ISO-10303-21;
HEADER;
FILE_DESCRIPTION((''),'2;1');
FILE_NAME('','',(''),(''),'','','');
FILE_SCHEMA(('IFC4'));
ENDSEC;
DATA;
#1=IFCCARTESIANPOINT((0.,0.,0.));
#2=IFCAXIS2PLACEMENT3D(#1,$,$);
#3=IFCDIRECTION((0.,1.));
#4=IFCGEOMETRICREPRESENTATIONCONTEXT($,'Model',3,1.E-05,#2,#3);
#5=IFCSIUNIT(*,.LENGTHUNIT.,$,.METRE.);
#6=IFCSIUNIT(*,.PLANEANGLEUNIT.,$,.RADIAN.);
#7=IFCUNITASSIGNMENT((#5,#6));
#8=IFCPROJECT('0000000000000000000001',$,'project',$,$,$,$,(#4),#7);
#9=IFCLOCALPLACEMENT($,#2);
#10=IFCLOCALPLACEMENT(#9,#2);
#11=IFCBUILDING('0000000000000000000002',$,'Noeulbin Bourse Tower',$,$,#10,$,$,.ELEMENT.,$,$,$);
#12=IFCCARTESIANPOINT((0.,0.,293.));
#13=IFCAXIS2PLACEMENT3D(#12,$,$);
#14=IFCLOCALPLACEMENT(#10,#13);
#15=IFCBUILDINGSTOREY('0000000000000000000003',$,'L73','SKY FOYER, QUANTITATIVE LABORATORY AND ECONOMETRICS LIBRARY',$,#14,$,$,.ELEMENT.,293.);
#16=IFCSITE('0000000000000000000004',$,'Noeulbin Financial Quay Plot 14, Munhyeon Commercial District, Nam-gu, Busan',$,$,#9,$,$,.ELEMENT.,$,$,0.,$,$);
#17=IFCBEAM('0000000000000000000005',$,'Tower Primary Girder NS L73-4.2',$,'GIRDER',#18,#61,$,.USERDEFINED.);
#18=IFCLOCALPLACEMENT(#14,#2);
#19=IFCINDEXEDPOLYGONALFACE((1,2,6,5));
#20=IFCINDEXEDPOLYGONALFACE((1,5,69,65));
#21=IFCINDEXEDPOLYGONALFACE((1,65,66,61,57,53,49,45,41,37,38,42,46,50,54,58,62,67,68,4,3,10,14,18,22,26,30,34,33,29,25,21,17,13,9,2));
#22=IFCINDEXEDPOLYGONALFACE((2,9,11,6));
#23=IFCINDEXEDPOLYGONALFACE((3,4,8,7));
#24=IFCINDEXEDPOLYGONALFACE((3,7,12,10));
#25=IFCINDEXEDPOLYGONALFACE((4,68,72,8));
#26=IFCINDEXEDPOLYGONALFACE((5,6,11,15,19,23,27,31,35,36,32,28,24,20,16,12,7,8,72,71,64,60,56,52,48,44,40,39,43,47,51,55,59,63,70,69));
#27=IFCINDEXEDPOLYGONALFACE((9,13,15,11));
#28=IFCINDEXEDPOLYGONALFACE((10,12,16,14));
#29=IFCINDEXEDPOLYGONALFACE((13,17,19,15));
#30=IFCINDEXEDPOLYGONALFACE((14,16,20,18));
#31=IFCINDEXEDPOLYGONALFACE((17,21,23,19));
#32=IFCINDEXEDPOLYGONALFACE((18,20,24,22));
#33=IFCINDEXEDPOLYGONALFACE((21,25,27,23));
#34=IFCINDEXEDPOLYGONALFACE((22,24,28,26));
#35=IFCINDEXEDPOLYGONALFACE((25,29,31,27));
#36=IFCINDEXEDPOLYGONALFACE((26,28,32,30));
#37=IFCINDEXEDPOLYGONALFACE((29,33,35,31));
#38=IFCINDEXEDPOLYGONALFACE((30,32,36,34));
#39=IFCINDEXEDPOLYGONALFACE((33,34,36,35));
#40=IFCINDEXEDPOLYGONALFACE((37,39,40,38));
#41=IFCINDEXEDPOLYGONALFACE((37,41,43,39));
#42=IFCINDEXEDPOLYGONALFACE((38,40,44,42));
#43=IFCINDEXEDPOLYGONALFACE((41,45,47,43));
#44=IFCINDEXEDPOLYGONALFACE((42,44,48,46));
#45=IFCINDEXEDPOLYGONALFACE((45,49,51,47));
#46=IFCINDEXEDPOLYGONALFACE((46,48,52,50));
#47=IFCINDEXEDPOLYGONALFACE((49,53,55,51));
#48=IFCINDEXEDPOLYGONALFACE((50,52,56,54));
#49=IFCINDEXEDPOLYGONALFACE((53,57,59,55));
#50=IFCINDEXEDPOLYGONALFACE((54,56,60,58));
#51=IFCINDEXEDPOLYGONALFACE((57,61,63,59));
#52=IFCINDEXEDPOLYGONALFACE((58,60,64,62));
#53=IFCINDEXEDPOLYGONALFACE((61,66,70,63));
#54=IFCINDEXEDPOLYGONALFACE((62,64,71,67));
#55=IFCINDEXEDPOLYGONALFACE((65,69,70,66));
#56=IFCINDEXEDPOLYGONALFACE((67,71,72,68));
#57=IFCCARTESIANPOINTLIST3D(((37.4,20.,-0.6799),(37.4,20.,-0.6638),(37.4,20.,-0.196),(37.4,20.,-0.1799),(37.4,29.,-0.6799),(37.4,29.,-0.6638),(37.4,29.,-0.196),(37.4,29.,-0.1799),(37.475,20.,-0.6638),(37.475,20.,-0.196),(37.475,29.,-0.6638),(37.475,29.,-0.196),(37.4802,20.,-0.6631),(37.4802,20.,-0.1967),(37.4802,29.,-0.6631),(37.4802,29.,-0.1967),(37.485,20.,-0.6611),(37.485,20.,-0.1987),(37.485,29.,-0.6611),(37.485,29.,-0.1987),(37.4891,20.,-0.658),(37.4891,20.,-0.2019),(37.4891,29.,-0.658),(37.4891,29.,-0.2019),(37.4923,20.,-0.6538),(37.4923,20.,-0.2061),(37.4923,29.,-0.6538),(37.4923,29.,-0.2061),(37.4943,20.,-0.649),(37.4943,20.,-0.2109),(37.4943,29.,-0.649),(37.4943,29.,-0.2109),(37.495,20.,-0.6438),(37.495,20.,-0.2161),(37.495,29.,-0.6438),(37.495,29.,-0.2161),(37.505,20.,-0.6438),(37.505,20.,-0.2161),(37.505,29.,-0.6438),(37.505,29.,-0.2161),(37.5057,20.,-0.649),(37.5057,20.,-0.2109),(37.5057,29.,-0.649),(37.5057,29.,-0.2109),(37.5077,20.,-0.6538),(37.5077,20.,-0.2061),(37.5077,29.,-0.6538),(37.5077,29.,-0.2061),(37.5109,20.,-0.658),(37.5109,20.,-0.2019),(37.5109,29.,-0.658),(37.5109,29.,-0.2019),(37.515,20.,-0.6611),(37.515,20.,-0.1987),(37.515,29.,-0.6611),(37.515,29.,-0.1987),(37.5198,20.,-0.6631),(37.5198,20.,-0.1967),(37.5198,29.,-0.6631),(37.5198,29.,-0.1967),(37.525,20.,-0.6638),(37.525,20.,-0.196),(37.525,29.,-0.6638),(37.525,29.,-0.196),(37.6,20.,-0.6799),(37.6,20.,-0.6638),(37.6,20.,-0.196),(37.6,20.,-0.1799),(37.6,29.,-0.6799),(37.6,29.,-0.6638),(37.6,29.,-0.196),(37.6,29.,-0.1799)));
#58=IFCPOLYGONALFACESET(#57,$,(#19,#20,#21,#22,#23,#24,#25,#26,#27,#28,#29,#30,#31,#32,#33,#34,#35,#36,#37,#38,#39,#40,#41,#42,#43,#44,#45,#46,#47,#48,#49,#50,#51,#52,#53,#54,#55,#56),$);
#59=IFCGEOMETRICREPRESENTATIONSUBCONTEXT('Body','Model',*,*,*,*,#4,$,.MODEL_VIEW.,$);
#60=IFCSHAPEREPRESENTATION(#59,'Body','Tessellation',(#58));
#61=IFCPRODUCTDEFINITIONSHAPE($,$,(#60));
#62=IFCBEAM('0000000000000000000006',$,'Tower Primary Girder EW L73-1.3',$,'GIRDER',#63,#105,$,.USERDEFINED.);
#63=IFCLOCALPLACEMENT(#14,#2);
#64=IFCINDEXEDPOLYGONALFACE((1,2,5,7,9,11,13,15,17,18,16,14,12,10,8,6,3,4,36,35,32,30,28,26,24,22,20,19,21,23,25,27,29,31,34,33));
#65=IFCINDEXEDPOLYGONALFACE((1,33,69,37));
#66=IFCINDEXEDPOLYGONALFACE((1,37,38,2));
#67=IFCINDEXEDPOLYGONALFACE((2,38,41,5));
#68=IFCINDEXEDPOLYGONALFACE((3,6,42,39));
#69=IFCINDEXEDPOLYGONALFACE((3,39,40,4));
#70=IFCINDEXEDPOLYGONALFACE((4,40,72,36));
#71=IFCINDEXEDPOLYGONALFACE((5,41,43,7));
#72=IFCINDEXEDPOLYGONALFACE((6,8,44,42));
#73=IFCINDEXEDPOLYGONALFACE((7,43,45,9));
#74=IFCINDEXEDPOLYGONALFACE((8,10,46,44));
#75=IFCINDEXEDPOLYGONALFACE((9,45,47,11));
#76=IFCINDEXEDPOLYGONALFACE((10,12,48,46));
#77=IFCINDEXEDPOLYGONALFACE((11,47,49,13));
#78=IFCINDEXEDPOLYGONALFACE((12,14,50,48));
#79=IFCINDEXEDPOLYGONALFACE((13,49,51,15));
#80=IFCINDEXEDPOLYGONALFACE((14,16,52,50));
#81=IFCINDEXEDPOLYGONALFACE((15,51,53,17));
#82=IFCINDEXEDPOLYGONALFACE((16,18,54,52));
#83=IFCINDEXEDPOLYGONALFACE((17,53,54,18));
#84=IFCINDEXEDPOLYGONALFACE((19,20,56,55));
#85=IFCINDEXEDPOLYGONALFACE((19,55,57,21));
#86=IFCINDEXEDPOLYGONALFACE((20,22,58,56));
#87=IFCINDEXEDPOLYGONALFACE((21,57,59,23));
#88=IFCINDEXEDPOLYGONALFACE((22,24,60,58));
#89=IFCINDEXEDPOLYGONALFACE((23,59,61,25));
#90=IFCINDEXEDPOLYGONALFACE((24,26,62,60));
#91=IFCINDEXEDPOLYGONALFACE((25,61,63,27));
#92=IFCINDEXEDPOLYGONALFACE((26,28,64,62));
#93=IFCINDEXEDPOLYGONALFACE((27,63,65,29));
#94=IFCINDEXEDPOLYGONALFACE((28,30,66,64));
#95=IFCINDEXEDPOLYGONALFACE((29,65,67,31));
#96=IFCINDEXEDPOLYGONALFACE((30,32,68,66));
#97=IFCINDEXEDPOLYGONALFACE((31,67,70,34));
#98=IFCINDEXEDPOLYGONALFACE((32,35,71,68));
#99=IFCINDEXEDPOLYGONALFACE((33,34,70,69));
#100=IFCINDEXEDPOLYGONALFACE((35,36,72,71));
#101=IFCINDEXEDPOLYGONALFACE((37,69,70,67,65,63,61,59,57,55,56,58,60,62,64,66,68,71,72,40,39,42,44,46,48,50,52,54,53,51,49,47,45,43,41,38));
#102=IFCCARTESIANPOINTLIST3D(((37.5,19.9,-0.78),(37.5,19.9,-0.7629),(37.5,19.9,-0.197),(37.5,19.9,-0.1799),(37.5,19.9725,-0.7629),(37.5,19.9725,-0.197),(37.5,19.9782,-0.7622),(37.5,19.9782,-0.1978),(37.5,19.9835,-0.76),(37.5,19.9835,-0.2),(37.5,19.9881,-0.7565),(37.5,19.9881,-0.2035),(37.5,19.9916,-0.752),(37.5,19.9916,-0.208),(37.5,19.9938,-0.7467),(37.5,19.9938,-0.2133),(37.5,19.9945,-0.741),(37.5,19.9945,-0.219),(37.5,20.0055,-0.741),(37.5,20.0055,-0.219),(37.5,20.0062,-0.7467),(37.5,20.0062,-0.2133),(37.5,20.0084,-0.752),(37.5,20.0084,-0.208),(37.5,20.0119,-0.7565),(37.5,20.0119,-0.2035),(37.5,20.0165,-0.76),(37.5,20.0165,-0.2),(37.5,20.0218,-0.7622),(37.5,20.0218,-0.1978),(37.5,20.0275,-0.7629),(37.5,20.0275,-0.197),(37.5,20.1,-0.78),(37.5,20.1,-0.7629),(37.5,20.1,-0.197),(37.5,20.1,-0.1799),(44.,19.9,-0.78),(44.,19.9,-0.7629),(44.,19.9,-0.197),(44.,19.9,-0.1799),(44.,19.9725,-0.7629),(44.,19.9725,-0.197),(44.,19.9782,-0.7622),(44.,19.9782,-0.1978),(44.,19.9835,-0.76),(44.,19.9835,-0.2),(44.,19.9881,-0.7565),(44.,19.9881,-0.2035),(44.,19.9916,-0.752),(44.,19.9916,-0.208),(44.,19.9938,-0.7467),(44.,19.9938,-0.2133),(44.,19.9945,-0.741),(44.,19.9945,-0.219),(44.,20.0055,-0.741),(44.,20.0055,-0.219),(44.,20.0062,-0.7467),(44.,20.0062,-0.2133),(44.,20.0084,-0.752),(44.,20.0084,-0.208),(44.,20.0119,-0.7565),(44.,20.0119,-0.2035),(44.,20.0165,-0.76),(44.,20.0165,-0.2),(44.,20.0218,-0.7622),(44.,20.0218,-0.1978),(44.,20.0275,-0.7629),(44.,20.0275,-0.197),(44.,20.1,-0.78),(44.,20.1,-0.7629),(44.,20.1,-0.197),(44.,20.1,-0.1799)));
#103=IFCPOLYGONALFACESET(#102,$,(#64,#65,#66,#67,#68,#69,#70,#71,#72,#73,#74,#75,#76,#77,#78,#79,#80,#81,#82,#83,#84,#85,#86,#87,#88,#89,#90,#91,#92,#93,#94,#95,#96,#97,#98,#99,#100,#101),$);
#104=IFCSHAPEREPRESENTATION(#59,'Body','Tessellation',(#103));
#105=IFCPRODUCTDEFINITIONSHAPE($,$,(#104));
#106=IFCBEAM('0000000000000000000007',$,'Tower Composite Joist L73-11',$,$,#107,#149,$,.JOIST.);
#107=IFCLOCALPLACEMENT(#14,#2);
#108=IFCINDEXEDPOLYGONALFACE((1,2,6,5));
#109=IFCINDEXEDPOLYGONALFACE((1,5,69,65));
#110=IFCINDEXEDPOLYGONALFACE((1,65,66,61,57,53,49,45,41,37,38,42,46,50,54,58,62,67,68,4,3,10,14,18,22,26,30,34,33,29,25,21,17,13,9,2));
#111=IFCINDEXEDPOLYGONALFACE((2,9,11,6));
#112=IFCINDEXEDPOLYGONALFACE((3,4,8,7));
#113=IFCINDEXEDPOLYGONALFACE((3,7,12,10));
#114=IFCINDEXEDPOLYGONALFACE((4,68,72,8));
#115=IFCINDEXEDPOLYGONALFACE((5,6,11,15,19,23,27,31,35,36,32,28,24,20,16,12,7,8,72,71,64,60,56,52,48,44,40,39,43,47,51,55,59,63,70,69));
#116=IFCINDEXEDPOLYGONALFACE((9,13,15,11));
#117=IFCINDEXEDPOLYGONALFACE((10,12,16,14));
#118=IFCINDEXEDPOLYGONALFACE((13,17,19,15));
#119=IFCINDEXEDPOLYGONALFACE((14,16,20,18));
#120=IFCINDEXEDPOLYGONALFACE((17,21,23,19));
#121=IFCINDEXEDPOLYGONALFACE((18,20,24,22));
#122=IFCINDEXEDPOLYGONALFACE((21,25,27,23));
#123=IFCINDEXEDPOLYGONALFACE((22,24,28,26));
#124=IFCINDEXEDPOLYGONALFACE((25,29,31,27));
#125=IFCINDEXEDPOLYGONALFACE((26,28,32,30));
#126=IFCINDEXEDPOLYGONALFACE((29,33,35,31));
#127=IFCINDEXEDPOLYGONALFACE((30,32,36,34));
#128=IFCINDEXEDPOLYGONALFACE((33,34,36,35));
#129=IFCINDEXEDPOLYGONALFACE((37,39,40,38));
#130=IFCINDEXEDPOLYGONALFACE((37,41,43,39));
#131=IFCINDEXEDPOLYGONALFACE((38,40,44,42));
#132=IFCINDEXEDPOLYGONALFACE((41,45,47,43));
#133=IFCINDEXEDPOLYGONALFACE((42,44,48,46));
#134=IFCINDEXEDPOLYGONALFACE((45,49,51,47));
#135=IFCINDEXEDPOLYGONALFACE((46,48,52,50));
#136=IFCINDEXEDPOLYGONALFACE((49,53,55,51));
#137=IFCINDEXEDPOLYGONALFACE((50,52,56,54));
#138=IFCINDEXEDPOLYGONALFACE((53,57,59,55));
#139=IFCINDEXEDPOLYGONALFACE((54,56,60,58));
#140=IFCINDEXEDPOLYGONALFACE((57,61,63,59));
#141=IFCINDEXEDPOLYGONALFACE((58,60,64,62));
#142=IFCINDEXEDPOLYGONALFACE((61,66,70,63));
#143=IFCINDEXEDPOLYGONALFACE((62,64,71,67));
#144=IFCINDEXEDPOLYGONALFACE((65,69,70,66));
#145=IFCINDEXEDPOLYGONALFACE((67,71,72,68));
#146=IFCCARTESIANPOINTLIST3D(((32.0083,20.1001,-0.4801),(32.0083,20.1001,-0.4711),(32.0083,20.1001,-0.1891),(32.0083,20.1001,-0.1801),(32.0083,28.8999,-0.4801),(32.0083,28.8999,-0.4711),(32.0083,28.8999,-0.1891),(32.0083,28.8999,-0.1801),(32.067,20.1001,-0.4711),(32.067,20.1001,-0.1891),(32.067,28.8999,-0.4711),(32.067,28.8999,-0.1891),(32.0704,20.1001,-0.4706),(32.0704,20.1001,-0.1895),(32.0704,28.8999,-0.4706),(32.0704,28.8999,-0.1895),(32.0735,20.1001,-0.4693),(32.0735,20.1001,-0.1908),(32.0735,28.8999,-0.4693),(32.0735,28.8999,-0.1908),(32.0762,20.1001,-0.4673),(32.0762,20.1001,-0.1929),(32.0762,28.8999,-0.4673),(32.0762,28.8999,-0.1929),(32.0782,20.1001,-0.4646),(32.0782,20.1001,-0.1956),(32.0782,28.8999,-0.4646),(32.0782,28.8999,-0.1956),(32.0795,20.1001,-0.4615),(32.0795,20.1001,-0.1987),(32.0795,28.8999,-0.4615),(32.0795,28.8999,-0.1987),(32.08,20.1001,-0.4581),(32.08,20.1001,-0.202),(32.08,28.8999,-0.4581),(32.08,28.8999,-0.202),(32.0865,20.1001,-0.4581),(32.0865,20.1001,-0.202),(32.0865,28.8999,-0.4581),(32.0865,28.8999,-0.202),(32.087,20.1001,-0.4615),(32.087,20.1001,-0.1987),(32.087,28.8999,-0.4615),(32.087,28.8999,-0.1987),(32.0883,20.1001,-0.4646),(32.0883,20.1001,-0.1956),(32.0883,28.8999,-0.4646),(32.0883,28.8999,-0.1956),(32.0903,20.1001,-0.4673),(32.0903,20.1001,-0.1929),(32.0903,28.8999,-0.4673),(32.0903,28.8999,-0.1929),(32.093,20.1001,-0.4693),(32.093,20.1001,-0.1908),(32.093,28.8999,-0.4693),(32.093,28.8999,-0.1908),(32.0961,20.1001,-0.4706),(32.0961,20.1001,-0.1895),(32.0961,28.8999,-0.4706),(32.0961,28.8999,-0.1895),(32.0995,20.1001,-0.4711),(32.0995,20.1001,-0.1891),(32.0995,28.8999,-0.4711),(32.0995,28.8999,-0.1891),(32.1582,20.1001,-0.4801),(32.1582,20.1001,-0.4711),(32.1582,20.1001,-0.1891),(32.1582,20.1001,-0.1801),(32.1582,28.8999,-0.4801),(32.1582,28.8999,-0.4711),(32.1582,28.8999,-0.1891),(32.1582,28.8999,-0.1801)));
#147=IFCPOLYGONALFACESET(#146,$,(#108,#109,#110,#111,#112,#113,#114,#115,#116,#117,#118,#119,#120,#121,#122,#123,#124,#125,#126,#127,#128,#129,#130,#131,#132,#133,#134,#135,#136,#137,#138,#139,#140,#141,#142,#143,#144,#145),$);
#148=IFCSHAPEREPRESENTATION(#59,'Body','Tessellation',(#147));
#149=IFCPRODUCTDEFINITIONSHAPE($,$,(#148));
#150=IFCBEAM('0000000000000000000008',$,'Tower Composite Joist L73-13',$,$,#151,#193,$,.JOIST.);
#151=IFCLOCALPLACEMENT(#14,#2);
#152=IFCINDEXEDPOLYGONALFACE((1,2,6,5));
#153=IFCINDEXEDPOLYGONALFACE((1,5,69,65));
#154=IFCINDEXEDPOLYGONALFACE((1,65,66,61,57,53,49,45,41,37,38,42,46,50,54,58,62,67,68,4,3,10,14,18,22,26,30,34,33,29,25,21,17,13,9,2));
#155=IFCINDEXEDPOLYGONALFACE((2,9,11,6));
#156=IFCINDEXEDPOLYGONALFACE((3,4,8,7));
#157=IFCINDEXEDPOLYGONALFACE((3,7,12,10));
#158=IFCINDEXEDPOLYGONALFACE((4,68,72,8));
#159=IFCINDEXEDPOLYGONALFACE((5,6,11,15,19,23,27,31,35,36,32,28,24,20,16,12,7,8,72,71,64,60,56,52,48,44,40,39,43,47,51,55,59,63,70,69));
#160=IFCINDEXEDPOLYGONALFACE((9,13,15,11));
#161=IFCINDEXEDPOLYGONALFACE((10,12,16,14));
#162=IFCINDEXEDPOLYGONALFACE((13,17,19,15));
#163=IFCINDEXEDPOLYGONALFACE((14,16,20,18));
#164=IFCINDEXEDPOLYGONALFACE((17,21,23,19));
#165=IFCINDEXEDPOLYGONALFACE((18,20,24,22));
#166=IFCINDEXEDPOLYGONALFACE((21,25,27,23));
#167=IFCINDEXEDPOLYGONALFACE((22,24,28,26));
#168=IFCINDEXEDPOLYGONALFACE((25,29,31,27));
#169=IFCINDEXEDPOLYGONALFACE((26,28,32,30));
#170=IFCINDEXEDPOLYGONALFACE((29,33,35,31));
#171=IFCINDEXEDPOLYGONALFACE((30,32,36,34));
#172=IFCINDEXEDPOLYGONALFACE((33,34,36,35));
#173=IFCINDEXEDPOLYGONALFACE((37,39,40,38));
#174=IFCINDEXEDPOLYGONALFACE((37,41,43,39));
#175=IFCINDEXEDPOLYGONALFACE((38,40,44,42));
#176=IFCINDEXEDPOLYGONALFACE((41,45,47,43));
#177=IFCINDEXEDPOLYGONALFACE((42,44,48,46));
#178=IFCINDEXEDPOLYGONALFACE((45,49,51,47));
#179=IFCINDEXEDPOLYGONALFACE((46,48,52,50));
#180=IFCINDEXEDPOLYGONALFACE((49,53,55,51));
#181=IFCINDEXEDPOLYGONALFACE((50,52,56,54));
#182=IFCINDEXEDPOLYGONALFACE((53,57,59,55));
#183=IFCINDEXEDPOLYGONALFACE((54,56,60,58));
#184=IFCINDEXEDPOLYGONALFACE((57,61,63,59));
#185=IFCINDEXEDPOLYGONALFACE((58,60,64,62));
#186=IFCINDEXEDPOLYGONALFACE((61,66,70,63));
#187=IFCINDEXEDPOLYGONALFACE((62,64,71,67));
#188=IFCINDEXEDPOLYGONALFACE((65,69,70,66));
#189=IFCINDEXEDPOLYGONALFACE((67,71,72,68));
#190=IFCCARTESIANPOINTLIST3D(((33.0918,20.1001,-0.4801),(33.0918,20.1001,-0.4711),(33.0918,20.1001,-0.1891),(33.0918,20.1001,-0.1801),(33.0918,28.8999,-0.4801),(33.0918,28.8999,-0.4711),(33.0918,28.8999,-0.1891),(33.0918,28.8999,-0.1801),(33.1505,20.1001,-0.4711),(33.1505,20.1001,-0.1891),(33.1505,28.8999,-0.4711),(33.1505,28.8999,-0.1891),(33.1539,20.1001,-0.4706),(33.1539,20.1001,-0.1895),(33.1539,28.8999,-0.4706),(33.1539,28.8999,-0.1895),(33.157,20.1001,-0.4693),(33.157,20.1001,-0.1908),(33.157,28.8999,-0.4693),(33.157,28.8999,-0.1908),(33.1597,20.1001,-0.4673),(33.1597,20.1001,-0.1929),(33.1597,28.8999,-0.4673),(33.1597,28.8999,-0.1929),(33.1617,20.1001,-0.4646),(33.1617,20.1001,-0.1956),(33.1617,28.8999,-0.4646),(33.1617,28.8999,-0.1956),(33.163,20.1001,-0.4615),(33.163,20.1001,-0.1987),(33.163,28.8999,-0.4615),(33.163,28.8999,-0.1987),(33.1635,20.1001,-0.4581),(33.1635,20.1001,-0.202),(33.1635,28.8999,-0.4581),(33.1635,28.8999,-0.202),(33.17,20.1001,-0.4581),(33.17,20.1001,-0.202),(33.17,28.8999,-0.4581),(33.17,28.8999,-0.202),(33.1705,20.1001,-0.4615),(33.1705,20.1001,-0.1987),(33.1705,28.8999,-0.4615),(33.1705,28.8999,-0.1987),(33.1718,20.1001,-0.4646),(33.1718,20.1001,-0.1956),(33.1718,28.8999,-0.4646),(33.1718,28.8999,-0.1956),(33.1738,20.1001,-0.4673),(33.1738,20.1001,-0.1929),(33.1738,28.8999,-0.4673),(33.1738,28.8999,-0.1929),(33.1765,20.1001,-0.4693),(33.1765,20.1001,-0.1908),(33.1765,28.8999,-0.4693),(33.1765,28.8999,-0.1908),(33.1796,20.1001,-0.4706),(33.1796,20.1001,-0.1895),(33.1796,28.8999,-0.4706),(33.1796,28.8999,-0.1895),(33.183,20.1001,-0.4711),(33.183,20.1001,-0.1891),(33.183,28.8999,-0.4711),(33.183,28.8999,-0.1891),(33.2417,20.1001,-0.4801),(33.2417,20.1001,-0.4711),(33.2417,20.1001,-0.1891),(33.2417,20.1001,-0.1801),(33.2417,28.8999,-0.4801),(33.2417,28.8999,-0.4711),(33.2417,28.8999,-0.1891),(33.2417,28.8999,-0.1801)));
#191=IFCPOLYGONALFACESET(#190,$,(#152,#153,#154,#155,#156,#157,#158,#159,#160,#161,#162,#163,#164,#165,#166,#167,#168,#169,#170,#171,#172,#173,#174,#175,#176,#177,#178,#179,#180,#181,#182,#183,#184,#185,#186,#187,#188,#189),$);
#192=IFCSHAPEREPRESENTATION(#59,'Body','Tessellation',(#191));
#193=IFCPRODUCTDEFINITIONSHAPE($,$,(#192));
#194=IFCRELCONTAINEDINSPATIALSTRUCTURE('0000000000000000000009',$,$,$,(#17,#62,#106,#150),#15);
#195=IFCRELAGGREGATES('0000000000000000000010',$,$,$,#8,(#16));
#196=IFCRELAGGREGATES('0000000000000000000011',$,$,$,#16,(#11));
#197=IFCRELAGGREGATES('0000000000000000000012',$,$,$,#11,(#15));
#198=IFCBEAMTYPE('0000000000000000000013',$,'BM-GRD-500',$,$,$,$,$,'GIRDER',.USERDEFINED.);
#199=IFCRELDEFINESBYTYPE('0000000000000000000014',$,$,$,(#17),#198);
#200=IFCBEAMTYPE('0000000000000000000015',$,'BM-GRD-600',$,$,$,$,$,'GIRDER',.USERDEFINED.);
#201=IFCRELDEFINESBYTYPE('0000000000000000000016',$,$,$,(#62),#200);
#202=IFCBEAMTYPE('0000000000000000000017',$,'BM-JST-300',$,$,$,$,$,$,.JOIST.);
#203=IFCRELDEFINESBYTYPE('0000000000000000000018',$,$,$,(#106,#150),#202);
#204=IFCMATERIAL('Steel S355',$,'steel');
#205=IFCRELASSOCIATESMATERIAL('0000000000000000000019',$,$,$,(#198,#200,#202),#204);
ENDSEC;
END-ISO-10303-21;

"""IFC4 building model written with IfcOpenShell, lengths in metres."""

from ifc_helpers import new_model, si_unit, direction, frame, origin, origin_2d, place, context, subcontext, project, spatial, i_section, extrude, material, material_profile, profile_set, type_object, element, save


model = new_model("IFC4")

# Units and contexts
model_context = context("Model", 3, precision=1e-05, world=origin(), true_north=direction((0.0, 1.0)))
body_context = subcontext(model_context, "Body", "Model", "MODEL_VIEW")
ifc_project = project(units=[si_unit("LENGTHUNIT", "METRE"), si_unit("PLANEANGLEUNIT", "RADIAN")], contexts=[model_context])

# Site, building, storey
site_placement = place(None, origin())
site = spatial("IfcSite", under=ifc_project, at=site_placement, Name="Noeulbin Financial Quay Plot 14, Munhyeon Commercial District, Nam-gu, Busan", CompositionType="ELEMENT", RefElevation=0.0)
building_placement = place(site_placement, origin())
building = spatial("IfcBuilding", under=site, at=building_placement, Name="Noeulbin Bourse Tower", CompositionType="ELEMENT")
storey_placement = place(building_placement, frame((0.0, 0.0, 293.0)))
storey = spatial("IfcBuildingStorey", under=building, at=storey_placement, Name="L73", Description="SKY FOYER, QUANTITATIVE LABORATORY AND ECONOMETRICS LIBRARY", CompositionType="ELEMENT", Elevation=293.0)

# Shared definitions
ifc_material_1 = material(Name="Steel S355", Category="steel")

# Beams
ifc_material_profile_1 = material_profile(ifc_material_1, i_section(OverallWidth=0.2, OverallDepth=0.5, WebThickness=0.01, FlangeThickness=0.0161, FilletRadius=0.02, at=origin_2d()), Name="H-500x200x10x16", Category="LoadBearing")
ifc_profile_set_1 = profile_set([ifc_material_profile_1], Name="Steel S355")
beam_type_1 = type_object("IfcBeamType", Name="BM-GRD-500", ElementType="GIRDER", PredefinedType="USERDEFINED", material=ifc_profile_set_1)
beam_1_placement = place(storey_placement, frame((37.5, 20.0, -0.4299), z_axis=(0.0, 1.0, 0.0), x_axis=(-1.0, 0.0, 0.0)))
element("IfcBeam", 1, at=beam_1_placement, inside=storey, type_object=beam_type_1, Name="Tower Primary Girder NS L73-4.2", ObjectType="GIRDER", PredefinedType="USERDEFINED", context=body_context, shape_type="SweptSolid", body=[
    extrude(i_section(OverallWidth=0.2, OverallDepth=0.5, WebThickness=0.01, FlangeThickness=0.0161, FilletRadius=0.02, at=origin_2d()), origin(), (0.0, 0.0, 1.0), 9.0),
])
ifc_material_profile_2 = material_profile(ifc_material_1, i_section(OverallWidth=0.2, OverallDepth=0.6001, WebThickness=0.011, FlangeThickness=0.0171, FilletRadius=0.022, at=origin_2d()), Name="H-600x200x11x17", Category="LoadBearing")
ifc_profile_set_2 = profile_set([ifc_material_profile_2], Name="Steel S355")
beam_type_2 = type_object("IfcBeamType", Name="BM-GRD-600", ElementType="GIRDER", PredefinedType="USERDEFINED", material=ifc_profile_set_2)
beam_2_placement = place(storey_placement, frame((37.5, 20.0, -0.48), z_axis=(1.0, 0.0, 0.0), x_axis=(0.0, 1.0, 0.0)))
element("IfcBeam", 2, at=beam_2_placement, inside=storey, type_object=beam_type_2, Name="Tower Primary Girder EW L73-1.3", ObjectType="GIRDER", PredefinedType="USERDEFINED", context=body_context, shape_type="SweptSolid", body=[
    extrude(i_section(OverallWidth=0.2, OverallDepth=0.6001, WebThickness=0.011, FlangeThickness=0.0171, FilletRadius=0.022, at=origin_2d()), origin(), (0.0, 0.0, 1.0), 6.5),
])
ifc_material_profile_3 = material_profile(ifc_material_1, i_section(OverallWidth=0.1499, OverallDepth=0.3, WebThickness=0.0066, FlangeThickness=0.009, FilletRadius=0.0129, at=origin_2d()), Name="H-300x150x6.5x9", Category="LoadBearing")
ifc_profile_set_3 = profile_set([ifc_material_profile_3], Name="Steel S355")
beam_type_3 = type_object("IfcBeamType", Name="BM-JST-300", PredefinedType="JOIST", material=ifc_profile_set_3)
for number, where, z_axis, x_axis, name in (
    (3, (32.0833, 20.1001, -0.3301), (0.0, 1.0, 0.0), (-1.0, 0.0, 0.0), "Tower Composite Joist L73-11"),
    (4, (33.1667, 20.1001, -0.3301), (0.0, 1.0, 0.0), (-1.0, 0.0, 0.0), "Tower Composite Joist L73-13"),
):
    element("IfcBeam", number, at=place(storey_placement, frame(where, z_axis=z_axis, x_axis=x_axis)), inside=storey, type_object=beam_type_3, Name=name, PredefinedType="JOIST", context=body_context, shape_type="SweptSolid", body=[
        extrude(i_section(OverallWidth=0.1499, OverallDepth=0.3, WebThickness=0.0066, FlangeThickness=0.009, FilletRadius=0.0129, at=origin_2d()), origin(), (0.0, 0.0, 1.0), 8.7998),
    ])

save(model, "model.ifc")
